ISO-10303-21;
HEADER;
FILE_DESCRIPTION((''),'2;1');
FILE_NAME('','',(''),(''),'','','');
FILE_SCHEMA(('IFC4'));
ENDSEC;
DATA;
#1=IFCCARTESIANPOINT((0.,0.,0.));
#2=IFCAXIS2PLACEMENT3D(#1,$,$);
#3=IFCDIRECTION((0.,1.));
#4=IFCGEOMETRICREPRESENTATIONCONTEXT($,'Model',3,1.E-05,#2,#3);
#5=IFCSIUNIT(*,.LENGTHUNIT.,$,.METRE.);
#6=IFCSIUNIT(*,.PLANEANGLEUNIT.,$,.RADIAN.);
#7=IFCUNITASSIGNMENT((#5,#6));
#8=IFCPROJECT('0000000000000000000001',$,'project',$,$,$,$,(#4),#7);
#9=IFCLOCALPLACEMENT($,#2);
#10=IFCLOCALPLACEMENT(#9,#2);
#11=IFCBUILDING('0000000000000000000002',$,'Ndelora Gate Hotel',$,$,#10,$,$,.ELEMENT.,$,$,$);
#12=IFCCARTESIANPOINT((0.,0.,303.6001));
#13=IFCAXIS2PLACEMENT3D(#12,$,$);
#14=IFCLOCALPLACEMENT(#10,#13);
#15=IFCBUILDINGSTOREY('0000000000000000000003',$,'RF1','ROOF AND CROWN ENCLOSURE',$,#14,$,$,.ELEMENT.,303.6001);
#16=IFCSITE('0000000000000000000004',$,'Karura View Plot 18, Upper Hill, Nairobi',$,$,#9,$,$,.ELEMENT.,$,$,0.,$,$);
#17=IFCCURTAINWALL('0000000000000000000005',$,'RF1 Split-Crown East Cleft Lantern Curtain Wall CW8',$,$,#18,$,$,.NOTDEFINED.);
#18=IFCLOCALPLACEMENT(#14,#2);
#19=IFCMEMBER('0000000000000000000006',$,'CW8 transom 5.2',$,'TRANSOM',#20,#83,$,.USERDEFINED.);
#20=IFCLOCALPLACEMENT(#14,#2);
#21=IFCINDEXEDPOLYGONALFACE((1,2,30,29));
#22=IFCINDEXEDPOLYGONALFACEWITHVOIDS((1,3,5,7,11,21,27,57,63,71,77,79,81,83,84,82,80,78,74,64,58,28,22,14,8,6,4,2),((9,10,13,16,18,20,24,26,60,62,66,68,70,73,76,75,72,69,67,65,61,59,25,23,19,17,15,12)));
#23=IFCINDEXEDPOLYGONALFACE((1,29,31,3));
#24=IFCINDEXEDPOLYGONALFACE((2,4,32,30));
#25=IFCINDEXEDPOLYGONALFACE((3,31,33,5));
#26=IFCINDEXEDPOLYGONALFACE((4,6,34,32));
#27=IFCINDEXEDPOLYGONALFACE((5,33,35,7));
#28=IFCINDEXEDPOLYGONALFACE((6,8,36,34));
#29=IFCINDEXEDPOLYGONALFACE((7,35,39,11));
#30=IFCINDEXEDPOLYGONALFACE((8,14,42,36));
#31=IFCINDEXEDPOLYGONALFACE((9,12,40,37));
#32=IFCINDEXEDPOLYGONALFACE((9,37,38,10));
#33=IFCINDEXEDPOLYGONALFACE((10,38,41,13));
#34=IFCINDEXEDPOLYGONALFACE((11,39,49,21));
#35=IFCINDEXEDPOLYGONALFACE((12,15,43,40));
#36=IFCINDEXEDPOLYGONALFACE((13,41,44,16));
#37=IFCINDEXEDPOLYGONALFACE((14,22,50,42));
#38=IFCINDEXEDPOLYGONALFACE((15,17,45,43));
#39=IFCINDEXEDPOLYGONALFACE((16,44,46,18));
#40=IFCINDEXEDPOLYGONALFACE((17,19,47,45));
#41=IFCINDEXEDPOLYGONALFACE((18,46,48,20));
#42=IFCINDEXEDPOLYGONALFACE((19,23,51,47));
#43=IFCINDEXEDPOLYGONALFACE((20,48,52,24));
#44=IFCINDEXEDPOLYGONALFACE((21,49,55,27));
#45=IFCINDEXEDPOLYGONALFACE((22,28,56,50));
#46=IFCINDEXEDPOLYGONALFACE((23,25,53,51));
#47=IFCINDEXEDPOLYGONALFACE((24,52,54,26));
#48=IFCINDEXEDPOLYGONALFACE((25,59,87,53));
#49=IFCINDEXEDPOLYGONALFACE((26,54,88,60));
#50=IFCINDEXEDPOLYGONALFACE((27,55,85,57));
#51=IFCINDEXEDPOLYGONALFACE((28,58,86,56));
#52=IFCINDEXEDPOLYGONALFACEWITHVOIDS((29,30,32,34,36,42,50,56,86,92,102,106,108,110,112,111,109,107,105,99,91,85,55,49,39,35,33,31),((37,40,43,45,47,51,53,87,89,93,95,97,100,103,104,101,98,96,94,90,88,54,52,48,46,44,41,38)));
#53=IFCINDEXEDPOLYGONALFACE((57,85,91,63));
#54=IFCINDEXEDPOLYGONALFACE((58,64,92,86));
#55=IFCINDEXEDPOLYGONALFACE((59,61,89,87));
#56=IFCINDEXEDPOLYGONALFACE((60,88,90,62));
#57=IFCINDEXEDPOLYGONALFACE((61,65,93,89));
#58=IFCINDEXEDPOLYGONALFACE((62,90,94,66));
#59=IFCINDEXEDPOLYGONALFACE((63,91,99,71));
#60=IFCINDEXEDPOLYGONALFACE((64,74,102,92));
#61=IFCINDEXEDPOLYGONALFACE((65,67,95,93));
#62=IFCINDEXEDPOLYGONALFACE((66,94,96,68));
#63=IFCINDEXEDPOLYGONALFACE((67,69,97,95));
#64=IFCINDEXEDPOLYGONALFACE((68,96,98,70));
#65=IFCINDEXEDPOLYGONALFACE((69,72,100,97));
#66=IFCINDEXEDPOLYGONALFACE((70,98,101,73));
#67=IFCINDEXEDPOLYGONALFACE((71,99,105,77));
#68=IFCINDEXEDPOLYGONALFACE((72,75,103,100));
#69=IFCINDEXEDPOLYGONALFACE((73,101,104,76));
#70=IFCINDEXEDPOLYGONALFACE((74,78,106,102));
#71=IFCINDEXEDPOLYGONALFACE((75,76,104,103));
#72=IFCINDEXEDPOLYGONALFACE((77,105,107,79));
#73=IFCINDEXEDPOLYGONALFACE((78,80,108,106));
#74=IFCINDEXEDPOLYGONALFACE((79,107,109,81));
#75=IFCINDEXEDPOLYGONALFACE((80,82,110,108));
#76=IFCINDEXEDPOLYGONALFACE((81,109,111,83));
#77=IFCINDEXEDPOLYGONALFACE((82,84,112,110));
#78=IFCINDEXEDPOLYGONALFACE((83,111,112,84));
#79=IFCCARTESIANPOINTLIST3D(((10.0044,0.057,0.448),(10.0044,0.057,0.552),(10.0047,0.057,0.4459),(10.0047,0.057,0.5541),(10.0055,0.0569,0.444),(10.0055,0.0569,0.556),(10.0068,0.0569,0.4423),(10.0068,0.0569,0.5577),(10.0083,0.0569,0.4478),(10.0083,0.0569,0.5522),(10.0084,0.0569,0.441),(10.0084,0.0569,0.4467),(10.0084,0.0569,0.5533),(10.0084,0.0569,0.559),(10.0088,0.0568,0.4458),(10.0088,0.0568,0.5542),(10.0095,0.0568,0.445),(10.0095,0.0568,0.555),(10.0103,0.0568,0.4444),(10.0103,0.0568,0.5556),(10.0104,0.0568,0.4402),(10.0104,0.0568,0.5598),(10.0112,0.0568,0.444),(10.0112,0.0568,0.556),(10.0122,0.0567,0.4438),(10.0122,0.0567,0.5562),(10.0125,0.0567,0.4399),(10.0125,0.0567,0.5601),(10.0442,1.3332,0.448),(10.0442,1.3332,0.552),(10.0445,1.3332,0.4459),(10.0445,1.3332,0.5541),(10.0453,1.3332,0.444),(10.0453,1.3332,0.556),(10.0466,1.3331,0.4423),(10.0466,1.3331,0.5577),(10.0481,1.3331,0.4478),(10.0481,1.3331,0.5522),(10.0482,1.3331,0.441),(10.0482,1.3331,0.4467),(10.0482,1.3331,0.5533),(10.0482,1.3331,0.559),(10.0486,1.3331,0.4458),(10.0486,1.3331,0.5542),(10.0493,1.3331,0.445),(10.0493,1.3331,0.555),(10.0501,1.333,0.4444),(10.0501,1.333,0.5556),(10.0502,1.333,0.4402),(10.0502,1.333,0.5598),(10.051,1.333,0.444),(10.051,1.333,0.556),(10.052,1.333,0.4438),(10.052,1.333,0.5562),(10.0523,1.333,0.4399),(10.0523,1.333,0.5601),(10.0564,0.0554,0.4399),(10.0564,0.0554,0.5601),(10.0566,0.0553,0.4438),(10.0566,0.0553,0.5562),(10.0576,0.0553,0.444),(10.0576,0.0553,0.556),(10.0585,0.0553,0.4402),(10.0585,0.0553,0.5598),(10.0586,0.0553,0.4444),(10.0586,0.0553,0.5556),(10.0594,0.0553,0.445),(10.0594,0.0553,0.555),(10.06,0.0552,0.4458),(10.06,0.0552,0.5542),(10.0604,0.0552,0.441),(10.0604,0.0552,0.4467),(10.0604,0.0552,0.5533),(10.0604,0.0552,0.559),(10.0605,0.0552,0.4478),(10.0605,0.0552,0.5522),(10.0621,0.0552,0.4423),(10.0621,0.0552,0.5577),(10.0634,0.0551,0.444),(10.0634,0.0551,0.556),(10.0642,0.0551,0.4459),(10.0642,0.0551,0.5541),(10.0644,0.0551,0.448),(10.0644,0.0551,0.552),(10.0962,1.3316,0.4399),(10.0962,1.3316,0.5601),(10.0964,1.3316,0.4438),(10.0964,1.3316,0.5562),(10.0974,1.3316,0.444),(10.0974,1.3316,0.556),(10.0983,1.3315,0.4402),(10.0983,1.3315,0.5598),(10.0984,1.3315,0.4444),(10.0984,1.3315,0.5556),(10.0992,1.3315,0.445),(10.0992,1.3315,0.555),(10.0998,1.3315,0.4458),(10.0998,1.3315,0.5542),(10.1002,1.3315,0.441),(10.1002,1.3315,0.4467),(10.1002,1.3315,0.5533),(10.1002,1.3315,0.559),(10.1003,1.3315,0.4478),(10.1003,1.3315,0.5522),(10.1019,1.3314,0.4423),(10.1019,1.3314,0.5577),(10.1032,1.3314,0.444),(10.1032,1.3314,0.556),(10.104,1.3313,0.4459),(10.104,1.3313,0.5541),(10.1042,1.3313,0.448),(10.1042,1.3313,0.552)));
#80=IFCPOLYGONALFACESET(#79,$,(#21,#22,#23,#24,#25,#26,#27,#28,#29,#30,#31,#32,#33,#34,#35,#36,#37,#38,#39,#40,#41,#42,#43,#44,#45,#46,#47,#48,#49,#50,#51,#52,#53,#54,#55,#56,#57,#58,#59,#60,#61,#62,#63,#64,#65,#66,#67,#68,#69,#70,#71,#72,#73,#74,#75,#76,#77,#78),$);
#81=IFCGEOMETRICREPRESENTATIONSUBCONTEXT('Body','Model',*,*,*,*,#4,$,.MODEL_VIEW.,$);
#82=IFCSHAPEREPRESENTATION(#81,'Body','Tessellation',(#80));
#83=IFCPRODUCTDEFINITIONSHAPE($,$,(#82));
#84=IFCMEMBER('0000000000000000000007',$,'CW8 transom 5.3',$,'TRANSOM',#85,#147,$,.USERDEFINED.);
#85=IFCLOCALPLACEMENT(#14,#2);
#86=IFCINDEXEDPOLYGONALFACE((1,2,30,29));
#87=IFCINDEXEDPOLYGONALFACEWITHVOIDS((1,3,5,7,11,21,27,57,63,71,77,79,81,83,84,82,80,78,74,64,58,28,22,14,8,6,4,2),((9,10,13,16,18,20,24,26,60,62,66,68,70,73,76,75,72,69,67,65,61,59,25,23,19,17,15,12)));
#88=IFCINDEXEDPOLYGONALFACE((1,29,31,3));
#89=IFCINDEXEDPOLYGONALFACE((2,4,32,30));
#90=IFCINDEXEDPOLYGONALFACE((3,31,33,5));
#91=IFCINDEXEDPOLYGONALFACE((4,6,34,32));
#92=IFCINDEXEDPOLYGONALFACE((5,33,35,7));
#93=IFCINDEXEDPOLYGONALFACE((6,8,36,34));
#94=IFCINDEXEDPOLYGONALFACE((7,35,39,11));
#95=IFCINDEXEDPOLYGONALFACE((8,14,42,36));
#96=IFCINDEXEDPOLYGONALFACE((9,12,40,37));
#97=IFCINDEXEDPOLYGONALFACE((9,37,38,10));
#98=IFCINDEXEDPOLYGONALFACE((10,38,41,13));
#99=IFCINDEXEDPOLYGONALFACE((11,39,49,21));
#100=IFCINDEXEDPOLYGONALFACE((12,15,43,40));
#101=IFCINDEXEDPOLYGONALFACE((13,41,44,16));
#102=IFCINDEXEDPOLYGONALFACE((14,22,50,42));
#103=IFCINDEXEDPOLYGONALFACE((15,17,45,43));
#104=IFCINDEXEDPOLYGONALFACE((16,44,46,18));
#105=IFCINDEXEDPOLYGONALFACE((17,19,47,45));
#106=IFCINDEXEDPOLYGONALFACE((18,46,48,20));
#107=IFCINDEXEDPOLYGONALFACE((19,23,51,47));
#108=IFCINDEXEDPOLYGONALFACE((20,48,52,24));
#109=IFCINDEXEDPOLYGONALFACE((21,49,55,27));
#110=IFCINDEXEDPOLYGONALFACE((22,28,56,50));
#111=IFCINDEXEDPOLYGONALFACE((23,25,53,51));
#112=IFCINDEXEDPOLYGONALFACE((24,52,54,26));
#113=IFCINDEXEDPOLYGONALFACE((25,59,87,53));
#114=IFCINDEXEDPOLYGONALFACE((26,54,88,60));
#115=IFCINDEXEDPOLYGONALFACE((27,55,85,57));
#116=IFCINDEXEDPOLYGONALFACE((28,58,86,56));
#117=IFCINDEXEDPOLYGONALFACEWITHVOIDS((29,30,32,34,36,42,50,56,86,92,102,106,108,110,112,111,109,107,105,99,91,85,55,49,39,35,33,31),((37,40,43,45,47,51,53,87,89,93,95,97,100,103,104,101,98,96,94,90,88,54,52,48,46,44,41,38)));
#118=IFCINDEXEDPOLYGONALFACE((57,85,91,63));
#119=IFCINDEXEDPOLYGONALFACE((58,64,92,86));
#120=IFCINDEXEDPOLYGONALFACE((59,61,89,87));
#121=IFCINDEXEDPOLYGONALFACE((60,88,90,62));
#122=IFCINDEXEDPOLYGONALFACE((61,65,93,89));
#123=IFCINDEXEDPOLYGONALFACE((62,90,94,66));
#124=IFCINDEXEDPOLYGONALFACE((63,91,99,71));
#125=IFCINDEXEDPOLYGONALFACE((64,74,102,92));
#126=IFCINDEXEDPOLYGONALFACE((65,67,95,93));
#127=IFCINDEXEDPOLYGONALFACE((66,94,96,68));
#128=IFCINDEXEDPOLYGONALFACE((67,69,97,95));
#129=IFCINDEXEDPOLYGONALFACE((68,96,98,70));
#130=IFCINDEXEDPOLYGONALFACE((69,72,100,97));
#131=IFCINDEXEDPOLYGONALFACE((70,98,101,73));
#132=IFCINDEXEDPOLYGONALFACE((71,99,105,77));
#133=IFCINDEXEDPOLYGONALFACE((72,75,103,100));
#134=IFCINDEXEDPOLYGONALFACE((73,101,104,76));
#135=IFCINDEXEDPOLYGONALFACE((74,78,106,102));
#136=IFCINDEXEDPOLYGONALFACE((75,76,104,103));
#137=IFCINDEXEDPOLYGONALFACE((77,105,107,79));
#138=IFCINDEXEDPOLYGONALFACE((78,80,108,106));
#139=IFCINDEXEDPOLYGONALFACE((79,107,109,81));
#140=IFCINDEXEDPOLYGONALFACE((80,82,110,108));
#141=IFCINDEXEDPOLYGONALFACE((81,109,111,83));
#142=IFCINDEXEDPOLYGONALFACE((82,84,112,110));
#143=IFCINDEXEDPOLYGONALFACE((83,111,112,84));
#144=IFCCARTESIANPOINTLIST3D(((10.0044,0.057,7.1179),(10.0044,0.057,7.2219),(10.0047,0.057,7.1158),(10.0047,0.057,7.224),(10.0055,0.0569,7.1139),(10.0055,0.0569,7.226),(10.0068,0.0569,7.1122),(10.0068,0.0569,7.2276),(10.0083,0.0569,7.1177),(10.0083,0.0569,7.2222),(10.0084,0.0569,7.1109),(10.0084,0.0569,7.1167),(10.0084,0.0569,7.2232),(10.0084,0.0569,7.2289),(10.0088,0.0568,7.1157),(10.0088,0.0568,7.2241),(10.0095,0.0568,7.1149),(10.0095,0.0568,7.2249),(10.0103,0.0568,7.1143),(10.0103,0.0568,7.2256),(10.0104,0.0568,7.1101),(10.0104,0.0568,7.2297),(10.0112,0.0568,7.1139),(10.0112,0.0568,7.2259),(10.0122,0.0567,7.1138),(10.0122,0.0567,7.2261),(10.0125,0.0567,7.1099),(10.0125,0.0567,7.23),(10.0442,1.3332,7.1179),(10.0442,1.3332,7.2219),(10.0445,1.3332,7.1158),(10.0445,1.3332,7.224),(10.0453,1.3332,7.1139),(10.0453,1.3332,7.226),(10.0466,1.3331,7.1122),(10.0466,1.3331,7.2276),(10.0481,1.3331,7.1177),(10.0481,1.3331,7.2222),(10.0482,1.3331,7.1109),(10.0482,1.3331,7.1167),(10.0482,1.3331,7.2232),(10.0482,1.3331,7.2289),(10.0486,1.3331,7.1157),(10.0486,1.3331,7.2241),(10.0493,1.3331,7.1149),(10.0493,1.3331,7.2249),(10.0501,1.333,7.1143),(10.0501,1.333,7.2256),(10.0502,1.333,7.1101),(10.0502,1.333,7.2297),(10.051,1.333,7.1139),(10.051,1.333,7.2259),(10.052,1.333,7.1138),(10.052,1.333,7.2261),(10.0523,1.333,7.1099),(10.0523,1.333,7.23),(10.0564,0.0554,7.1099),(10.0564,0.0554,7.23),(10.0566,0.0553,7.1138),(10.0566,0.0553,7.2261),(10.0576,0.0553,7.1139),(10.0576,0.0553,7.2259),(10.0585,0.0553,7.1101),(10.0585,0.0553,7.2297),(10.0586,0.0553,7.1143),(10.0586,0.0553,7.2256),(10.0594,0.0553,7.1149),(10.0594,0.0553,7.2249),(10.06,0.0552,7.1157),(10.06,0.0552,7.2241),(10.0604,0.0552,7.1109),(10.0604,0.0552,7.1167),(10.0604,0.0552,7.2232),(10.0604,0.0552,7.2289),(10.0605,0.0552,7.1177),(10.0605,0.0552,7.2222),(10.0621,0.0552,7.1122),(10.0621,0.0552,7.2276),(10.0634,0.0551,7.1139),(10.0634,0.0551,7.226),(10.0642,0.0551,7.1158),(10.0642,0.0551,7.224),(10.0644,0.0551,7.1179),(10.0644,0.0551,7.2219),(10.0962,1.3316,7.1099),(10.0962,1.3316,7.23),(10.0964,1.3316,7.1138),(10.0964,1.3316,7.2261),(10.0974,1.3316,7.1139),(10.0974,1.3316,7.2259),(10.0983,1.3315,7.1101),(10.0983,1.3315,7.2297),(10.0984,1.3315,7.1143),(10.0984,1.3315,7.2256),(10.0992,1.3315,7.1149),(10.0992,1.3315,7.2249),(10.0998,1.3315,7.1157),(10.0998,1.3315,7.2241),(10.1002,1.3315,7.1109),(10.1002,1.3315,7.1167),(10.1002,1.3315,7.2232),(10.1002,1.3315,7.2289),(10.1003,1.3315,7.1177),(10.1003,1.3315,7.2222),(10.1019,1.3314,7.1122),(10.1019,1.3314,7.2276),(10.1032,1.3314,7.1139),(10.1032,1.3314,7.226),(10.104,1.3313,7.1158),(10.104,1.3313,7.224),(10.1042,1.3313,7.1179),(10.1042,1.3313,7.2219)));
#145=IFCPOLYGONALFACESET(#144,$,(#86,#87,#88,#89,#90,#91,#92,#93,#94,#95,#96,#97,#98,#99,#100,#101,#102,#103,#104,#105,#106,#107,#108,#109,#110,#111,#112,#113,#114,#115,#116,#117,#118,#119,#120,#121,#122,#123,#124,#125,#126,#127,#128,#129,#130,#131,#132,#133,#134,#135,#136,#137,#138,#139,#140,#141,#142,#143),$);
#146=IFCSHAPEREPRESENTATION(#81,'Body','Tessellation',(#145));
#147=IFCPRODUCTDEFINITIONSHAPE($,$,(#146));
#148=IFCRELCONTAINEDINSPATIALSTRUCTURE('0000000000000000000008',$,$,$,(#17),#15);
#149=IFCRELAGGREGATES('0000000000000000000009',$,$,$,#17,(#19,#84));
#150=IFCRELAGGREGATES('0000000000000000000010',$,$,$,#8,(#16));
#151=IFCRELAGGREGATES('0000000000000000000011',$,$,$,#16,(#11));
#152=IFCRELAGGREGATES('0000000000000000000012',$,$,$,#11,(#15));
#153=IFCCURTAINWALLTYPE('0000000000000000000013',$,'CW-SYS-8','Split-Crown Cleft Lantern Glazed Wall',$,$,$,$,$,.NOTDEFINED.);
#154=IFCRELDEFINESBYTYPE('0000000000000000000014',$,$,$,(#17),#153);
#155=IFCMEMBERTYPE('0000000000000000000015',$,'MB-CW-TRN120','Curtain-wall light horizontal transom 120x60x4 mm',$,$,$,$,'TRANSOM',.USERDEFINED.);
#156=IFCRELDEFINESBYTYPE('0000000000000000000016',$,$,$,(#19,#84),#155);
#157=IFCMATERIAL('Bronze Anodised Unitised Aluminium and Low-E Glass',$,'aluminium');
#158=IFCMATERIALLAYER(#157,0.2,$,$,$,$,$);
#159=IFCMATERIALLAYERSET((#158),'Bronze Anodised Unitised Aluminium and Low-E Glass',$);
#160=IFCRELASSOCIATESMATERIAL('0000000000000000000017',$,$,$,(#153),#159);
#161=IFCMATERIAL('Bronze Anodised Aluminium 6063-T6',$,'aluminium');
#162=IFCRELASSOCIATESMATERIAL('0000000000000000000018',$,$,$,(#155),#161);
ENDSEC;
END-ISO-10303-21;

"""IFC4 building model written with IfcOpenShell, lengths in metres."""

from ifc_helpers import new_model, si_unit, direction, frame, origin, origin_2d, place, context, subcontext, project, spatial, hollow_rectangle, extrude, material, layer, layer_set, material_profile, profile_set, type_object, element, aggregate, save


model = new_model("IFC4")

# Units and contexts
model_context = context("Model", 3, precision=1e-05, world=origin(), true_north=direction((0.0, 1.0)))
body_context = subcontext(model_context, "Body", "Model", "MODEL_VIEW")
ifc_project = project(units=[si_unit("LENGTHUNIT", "METRE"), si_unit("PLANEANGLEUNIT", "RADIAN")], contexts=[model_context])

# Site, building, storey
site_placement = place(None, origin())
site = spatial("IfcSite", under=ifc_project, at=site_placement, Name="Karura View Plot 18, Upper Hill, Nairobi", CompositionType="ELEMENT", RefElevation=0.0)
building_placement = place(site_placement, origin())
building = spatial("IfcBuilding", under=site, at=building_placement, Name="Ndelora Gate Hotel", CompositionType="ELEMENT")
storey_placement = place(building_placement, frame((0.0, 0.0, 303.6001)))
storey = spatial("IfcBuildingStorey", under=building, at=storey_placement, Name="RF1", Description="ROOF AND CROWN ENCLOSURE", CompositionType="ELEMENT", Elevation=303.6001)

# Shared definitions
ifc_material_1 = material(Name="Bronze Anodised Unitised Aluminium and Low-E Glass", Category="aluminium")
ifc_layer_1 = layer(ifc_material_1, 0.2)
ifc_layer_set_1 = layer_set([ifc_layer_1], Name="Bronze Anodised Unitised Aluminium and Low-E Glass")
curtain_wall_type = type_object("IfcCurtainWallType", Name="CW-SYS-8", Description="Split-Crown Cleft Lantern Glazed Wall", PredefinedType="NOTDEFINED", material=ifc_layer_set_1)
ifc_material_2 = material(Name="Bronze Anodised Aluminium 6063-T6", Category="aluminium")

# Curtain wall
curtain_wall_1_placement = place(storey_placement, origin())
curtain_wall_1 = element("IfcCurtainWall", 1, at=curtain_wall_1_placement, inside=storey, type_object=curtain_wall_type, Name="RF1 Split-Crown East Cleft Lantern Curtain Wall CW8", PredefinedType="NOTDEFINED")

# Members
ifc_material_profile_1 = material_profile(ifc_material_2, hollow_rectangle(XDim=0.0601, YDim=0.1201, WallThickness=0.0039, InnerFilletRadius=0.0039, OuterFilletRadius=0.0081, at=origin_2d()), Name="ALU 120x60x4")
ifc_profile_set_1 = profile_set([ifc_material_profile_1], Name="Bronze Anodised Aluminium 6063-T6")
member_type_1 = type_object("IfcMemberType", Name="MB-CW-TRN120", Description="Curtain-wall light horizontal transom 120x60x4 mm", ElementType="TRANSOM", PredefinedType="USERDEFINED", material=ifc_profile_set_1)
member_1_placement = place(storey_placement, frame((10.0742, 1.3323, 0.5), z_axis=(-0.031169, -0.999514, 0.0), x_axis=(0.999514, -0.031169, 0.0)))
member_1 = element("IfcMember", 2, at=member_1_placement, type_object=member_type_1, Name="CW8 transom 5.2", ObjectType="TRANSOM", PredefinedType="USERDEFINED", context=body_context, shape_type="SweptSolid", body=[
    extrude(hollow_rectangle(XDim=0.0601, YDim=0.1201, WallThickness=0.0039, InnerFilletRadius=0.0039, OuterFilletRadius=0.0081, at=origin_2d()), origin(), (0.0, 0.0, 1.0), 1.2769),
])
member_2_placement = place(storey_placement, frame((10.0742, 1.3323, 7.1699), z_axis=(-0.031169, -0.999514, 0.0), x_axis=(0.999514, -0.031169, 0.0)))
member_2 = element("IfcMember", 3, at=member_2_placement, type_object=member_type_1, Name="CW8 transom 5.3", ObjectType="TRANSOM", PredefinedType="USERDEFINED", context=body_context, shape_type="SweptSolid", body=[
    extrude(hollow_rectangle(XDim=0.0601, YDim=0.1201, WallThickness=0.0039, InnerFilletRadius=0.0039, OuterFilletRadius=0.0081, at=origin_2d()), origin(), (0.0, 0.0, 1.0), 1.2769),
])

aggregate(curtain_wall_1, [member_1, member_2])

save(model, "model.ifc")
